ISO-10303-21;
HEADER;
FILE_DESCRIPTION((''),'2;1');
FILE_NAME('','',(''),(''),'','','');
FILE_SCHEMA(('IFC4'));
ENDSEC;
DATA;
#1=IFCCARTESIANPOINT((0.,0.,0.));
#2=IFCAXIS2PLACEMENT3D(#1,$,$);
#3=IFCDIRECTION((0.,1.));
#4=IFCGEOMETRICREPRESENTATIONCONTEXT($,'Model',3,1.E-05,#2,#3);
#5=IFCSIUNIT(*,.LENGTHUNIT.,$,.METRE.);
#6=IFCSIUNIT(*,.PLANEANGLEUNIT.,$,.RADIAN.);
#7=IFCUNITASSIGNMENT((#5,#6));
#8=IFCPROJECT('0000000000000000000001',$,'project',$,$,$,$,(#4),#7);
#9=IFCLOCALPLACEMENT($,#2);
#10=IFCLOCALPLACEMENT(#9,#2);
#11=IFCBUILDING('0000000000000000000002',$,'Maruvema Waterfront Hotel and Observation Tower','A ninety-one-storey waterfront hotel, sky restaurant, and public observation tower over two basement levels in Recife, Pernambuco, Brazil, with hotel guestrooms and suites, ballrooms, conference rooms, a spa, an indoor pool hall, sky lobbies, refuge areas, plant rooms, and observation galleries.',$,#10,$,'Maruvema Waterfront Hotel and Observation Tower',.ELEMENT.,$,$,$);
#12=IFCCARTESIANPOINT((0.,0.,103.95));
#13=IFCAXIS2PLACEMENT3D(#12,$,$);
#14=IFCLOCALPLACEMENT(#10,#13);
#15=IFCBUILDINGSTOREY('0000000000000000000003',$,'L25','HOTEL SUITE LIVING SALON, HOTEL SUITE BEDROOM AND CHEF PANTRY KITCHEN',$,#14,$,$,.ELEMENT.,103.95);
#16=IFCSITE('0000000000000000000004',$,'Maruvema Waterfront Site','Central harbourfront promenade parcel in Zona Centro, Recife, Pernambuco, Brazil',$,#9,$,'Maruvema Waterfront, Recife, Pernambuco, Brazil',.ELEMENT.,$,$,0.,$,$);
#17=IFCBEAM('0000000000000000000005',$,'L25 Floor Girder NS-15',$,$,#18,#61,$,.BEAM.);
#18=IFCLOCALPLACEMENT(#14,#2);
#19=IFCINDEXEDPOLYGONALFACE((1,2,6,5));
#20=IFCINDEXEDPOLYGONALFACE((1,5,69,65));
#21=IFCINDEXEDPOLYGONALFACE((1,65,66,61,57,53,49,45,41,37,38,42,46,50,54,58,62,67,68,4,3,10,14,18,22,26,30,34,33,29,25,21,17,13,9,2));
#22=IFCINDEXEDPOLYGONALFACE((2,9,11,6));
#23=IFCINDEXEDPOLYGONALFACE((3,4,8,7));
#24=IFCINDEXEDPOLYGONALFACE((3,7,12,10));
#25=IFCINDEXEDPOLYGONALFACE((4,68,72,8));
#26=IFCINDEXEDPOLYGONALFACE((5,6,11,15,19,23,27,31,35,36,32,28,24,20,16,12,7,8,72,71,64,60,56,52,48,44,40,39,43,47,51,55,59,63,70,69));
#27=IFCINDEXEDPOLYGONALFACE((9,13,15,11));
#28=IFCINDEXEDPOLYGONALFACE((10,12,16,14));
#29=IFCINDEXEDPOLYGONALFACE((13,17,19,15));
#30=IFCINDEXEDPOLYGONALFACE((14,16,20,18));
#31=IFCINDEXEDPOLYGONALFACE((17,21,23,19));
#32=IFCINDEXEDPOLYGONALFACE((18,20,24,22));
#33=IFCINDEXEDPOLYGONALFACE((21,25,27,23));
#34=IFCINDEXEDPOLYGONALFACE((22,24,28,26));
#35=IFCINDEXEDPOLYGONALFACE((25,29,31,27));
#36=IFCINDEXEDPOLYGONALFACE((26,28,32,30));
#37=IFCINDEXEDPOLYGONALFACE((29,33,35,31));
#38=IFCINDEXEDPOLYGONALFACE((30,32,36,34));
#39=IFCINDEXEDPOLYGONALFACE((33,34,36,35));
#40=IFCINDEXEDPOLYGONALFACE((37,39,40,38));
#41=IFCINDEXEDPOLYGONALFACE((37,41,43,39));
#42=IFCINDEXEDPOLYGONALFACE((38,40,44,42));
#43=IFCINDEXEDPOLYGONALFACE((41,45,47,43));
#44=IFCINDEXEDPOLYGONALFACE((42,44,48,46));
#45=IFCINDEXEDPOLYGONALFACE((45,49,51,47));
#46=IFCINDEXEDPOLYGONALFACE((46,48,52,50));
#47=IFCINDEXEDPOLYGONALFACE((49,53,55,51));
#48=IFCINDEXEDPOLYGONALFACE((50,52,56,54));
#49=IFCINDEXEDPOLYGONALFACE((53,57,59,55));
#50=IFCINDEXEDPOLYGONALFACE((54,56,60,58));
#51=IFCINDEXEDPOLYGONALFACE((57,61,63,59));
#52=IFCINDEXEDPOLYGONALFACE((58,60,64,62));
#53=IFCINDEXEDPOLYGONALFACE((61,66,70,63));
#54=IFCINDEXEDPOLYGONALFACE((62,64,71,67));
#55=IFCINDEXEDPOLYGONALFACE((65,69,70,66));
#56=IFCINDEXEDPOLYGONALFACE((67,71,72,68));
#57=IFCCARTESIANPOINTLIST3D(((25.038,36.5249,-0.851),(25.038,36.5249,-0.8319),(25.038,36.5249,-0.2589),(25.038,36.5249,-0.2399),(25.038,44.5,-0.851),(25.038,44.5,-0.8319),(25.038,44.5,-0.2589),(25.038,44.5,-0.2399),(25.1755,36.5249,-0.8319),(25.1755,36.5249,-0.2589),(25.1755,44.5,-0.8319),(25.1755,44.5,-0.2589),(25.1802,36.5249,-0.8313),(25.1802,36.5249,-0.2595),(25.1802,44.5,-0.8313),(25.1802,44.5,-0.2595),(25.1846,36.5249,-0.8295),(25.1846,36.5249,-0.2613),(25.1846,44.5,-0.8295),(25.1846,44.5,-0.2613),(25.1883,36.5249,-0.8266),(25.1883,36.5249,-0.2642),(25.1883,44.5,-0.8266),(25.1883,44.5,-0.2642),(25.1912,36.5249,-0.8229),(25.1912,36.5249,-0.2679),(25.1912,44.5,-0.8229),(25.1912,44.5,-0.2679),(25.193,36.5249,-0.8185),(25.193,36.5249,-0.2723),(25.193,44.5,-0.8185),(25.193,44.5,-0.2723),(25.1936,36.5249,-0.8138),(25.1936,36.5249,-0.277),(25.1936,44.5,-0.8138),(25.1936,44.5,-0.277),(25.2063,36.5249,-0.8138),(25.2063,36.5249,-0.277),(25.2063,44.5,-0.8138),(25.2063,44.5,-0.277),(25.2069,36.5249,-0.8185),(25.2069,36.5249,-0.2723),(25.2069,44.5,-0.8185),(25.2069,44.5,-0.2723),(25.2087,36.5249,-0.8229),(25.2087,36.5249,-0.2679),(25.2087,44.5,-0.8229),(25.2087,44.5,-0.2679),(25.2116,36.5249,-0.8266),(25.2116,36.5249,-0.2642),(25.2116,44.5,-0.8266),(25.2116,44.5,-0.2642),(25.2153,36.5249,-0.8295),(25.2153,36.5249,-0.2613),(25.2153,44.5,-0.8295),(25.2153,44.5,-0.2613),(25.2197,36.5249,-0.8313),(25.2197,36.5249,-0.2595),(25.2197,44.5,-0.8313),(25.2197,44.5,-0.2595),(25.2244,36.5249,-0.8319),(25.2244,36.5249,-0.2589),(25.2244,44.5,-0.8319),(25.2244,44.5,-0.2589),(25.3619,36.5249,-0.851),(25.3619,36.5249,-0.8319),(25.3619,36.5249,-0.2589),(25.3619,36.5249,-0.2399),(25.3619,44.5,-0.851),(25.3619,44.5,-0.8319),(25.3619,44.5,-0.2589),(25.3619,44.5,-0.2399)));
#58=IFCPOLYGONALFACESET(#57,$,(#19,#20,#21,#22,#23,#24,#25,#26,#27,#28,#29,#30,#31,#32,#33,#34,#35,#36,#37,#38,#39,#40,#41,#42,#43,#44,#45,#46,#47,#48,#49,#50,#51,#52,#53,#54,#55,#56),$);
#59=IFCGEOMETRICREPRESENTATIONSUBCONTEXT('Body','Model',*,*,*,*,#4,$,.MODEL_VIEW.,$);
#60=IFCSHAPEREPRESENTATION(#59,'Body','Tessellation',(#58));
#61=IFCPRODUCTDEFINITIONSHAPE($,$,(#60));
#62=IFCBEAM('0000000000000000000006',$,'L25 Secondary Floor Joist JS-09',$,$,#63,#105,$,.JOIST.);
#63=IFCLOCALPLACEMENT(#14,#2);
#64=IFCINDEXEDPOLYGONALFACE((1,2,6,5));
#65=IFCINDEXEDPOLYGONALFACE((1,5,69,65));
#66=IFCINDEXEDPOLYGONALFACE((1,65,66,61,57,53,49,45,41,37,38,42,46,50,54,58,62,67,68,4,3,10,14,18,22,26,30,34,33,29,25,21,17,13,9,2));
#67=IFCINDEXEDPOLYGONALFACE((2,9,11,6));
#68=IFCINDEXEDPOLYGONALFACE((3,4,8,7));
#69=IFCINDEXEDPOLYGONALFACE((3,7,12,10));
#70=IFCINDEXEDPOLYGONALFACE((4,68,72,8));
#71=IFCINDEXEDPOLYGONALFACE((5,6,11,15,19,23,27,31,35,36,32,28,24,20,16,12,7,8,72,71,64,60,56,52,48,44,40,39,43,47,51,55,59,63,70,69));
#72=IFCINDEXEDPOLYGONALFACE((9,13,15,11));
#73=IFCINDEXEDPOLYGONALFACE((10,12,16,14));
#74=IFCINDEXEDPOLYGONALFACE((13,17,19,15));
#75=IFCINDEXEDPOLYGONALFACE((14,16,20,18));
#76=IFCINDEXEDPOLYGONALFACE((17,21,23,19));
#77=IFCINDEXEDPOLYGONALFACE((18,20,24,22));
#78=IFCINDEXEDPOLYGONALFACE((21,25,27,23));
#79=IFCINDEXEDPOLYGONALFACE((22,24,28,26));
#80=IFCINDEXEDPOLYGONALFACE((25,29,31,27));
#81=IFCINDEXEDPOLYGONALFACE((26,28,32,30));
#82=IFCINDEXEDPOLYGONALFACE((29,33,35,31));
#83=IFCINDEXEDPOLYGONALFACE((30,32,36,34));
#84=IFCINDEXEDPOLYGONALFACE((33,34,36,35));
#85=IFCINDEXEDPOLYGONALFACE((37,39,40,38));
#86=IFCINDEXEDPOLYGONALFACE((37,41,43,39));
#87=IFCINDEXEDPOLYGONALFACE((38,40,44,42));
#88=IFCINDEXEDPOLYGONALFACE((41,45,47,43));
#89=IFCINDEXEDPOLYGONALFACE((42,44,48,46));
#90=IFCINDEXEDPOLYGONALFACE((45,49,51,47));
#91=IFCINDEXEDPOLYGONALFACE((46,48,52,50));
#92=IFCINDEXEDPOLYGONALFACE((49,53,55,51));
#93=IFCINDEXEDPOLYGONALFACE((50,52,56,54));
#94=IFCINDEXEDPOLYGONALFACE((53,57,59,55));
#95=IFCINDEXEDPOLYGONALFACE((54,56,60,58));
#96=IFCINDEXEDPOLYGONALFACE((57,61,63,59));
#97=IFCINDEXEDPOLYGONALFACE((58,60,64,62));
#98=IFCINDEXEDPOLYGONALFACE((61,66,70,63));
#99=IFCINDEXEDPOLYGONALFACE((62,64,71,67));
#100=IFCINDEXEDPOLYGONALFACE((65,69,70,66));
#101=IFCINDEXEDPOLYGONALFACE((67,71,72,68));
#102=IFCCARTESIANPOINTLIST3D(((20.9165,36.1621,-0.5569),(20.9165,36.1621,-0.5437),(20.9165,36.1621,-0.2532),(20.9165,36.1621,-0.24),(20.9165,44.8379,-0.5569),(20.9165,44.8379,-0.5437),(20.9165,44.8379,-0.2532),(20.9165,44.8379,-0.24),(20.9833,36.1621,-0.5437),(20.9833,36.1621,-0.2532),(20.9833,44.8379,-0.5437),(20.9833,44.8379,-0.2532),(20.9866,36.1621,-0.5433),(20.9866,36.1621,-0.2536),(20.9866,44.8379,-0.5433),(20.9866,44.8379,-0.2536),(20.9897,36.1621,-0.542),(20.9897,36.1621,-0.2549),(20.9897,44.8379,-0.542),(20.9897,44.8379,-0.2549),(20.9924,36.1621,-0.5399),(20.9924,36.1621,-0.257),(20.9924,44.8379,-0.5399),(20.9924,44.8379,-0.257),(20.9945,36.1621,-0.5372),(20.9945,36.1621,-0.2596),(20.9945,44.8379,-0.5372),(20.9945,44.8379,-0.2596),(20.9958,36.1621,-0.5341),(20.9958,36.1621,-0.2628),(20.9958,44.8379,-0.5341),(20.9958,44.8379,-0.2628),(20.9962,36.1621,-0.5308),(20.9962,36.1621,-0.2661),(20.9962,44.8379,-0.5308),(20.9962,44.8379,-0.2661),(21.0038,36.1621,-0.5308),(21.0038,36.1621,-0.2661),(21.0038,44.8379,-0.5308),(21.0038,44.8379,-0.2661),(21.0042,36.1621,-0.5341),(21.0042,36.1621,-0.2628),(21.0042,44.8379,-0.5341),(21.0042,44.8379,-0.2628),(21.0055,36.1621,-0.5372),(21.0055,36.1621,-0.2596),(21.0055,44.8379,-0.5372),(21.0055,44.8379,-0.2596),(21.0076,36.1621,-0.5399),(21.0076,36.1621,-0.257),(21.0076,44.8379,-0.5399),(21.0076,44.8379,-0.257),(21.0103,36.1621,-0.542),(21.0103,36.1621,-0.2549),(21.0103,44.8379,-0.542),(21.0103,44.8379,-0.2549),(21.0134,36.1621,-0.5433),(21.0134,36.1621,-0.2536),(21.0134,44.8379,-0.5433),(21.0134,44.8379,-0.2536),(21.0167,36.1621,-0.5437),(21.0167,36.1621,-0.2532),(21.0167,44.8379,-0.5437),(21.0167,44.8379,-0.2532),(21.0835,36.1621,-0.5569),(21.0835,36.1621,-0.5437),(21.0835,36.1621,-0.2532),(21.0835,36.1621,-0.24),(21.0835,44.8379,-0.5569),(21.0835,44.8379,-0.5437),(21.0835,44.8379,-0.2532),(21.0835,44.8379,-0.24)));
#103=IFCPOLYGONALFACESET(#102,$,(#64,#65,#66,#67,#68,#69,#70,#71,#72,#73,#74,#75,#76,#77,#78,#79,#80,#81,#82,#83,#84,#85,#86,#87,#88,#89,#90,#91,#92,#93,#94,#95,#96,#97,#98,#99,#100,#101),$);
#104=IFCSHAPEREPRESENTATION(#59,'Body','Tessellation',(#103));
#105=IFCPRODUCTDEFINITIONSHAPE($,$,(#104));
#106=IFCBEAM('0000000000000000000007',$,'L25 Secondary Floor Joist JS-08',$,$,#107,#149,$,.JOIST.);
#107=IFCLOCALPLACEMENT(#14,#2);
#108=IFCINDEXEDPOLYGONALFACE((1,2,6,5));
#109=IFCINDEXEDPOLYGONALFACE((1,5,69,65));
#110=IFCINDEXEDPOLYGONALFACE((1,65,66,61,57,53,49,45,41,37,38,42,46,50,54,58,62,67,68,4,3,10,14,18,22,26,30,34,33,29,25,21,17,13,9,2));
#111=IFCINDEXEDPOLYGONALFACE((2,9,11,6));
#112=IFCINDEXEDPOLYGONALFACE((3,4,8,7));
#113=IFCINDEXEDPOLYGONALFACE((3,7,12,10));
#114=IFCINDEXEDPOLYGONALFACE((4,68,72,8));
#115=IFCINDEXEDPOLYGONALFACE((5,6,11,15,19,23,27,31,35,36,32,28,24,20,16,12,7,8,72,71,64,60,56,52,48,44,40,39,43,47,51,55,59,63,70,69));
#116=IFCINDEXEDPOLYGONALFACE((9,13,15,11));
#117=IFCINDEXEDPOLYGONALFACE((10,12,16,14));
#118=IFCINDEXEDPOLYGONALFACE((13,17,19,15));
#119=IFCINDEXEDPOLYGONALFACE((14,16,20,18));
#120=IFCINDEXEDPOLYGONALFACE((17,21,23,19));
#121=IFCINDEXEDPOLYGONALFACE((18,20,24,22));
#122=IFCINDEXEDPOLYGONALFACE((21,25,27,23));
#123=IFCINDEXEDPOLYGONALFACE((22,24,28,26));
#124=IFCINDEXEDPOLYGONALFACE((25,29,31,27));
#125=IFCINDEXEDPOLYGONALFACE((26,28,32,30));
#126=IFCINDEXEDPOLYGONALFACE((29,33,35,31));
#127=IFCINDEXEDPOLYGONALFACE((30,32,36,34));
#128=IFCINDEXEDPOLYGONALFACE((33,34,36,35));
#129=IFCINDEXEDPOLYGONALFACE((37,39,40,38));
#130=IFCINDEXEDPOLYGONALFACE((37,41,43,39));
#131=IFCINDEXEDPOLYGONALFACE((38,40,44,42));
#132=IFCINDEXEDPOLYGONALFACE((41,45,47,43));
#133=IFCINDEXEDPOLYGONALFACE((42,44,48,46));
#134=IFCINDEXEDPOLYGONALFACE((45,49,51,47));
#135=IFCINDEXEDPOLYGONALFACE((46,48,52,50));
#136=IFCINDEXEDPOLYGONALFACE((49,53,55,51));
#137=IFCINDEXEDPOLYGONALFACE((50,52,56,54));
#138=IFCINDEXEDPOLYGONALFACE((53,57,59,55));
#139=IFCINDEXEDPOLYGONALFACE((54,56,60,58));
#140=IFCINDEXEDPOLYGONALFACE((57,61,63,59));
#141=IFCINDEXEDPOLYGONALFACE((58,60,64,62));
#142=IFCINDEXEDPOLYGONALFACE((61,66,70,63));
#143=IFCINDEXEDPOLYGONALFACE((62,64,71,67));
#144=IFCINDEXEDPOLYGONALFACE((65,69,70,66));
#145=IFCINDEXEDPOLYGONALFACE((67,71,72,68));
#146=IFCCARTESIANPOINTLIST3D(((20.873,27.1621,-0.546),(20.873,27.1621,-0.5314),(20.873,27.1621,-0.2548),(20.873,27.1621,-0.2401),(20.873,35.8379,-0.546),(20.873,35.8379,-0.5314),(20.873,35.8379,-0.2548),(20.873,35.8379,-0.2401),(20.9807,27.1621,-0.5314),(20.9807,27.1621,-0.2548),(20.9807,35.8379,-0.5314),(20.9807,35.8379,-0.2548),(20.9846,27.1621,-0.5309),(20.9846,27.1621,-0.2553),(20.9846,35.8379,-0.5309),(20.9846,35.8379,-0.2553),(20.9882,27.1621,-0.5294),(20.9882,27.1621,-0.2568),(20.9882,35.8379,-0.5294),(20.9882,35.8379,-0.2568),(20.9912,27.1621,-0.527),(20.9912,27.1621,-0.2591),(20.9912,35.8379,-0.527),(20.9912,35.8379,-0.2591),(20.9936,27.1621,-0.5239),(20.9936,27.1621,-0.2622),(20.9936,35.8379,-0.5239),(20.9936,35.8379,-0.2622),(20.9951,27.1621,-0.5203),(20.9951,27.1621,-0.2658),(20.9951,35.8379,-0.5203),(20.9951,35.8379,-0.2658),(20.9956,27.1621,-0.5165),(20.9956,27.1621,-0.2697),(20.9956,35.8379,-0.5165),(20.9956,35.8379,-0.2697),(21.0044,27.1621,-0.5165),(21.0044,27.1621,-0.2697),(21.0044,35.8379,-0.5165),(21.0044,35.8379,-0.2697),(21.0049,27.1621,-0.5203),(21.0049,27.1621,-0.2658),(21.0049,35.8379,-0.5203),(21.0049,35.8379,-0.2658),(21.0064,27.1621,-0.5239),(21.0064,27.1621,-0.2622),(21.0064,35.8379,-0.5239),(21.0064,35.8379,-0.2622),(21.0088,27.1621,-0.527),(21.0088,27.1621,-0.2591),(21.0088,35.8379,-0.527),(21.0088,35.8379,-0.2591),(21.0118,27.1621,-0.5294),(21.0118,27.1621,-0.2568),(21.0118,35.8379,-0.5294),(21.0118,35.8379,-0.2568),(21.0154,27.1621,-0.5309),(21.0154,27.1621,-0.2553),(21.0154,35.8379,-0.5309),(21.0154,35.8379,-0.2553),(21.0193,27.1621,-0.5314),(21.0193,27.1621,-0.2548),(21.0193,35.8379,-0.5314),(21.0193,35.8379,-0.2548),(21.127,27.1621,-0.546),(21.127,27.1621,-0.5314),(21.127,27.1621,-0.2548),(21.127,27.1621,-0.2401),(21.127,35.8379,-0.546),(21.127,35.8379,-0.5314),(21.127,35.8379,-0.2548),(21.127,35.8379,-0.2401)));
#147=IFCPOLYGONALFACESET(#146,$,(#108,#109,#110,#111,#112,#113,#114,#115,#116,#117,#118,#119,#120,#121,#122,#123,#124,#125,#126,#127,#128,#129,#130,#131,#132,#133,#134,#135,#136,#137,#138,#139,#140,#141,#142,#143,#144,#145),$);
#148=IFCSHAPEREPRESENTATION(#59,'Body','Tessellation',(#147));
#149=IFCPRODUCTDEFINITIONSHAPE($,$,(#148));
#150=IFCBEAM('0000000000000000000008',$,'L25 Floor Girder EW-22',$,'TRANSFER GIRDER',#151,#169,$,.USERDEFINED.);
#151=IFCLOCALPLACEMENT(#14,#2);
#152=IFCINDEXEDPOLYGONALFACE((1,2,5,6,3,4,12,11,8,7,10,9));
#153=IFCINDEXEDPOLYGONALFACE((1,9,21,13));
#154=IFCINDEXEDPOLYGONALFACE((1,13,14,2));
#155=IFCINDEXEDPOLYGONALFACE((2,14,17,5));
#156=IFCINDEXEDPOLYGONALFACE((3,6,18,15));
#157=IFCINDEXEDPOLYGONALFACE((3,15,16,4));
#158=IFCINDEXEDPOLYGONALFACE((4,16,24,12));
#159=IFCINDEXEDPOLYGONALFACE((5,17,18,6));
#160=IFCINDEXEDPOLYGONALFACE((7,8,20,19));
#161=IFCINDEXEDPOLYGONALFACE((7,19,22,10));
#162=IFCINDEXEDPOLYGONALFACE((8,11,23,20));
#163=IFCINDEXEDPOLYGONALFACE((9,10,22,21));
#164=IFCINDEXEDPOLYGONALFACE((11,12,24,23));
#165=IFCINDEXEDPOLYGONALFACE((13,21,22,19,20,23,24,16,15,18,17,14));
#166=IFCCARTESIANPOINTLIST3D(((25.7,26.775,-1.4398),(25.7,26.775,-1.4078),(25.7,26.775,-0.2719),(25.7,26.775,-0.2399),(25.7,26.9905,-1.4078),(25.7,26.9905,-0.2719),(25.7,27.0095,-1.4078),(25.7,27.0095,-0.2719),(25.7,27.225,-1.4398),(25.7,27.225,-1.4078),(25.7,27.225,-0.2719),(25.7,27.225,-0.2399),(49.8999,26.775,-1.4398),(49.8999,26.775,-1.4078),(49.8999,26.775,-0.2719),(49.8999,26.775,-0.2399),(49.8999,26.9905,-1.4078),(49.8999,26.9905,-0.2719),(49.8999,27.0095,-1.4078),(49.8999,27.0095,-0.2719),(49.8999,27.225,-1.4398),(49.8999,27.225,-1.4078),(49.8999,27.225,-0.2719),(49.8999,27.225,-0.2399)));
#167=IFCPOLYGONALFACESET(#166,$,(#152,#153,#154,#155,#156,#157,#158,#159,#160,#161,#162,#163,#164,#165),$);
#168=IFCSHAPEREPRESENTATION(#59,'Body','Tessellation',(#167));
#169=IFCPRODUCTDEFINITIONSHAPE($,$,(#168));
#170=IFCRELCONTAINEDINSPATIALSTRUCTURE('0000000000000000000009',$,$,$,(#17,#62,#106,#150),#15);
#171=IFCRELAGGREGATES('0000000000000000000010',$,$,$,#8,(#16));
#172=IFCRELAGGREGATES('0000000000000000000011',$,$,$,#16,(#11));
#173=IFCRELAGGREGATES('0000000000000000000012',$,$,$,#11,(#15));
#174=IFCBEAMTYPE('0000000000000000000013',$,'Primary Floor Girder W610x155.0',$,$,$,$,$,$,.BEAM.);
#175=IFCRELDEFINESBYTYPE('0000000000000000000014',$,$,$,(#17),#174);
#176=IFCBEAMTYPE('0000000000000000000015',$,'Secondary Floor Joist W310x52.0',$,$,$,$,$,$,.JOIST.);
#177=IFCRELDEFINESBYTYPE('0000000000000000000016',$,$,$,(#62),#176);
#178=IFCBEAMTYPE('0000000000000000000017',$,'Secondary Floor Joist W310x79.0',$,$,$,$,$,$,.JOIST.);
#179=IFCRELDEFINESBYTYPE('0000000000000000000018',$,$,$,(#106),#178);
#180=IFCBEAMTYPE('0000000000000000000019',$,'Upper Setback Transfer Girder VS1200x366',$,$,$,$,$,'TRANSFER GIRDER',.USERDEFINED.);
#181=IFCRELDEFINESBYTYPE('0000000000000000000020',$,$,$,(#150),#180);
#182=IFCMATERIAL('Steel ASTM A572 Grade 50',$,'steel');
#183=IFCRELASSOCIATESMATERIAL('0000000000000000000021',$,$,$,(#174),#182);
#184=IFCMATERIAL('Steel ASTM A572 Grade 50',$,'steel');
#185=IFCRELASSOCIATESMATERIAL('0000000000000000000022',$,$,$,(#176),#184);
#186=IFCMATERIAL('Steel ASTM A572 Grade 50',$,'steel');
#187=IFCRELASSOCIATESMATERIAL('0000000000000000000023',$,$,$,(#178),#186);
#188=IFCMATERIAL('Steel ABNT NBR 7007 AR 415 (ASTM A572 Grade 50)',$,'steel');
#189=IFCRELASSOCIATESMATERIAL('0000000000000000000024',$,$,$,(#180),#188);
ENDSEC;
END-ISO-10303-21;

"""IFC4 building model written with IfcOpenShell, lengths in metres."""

from ifc_helpers import new_model, si_unit, direction, frame, origin, origin_2d, place, context, subcontext, project, spatial, i_section, extrude, material, material_profile, profile_set, type_object, element, save


model = new_model("IFC4")

# Units and contexts
model_context = context("Model", 3, precision=1e-05, world=origin(), true_north=direction((0.0, 1.0)))
body_context = subcontext(model_context, "Body", "Model", "MODEL_VIEW")
ifc_project = project(units=[si_unit("LENGTHUNIT", "METRE"), si_unit("PLANEANGLEUNIT", "RADIAN")], contexts=[model_context])

# Site, building, storey
site_placement = place(None, origin())
site = spatial("IfcSite", under=ifc_project, at=site_placement, Name="Maruvema Waterfront Site", Description="Central harbourfront promenade parcel in Zona Centro, Recife, Pernambuco, Brazil", LongName="Maruvema Waterfront, Recife, Pernambuco, Brazil", CompositionType="ELEMENT", RefElevation=0.0)
building_placement = place(site_placement, origin())
building = spatial("IfcBuilding", under=site, at=building_placement, Name="Maruvema Waterfront Hotel and Observation Tower", Description="A ninety-one-storey waterfront hotel, sky restaurant, and public observation tower over two basement levels in Recife, Pernambuco, Brazil, with hotel guestrooms and suites, ballrooms, conference rooms, a spa, an indoor pool hall, sky lobbies, refuge areas, plant rooms, and observation galleries.", LongName="Maruvema Waterfront Hotel and Observation Tower", CompositionType="ELEMENT")
storey_placement = place(building_placement, frame((0.0, 0.0, 103.95)))
storey = spatial("IfcBuildingStorey", under=building, at=storey_placement, Name="L25", Description="HOTEL SUITE LIVING SALON, HOTEL SUITE BEDROOM AND CHEF PANTRY KITCHEN", CompositionType="ELEMENT", Elevation=103.95)

# Beams
ifc_material_1 = material(Name="Steel ASTM A572 Grade 50", Category="steel")
ifc_material_profile_1 = material_profile(ifc_material_1, i_section(OverallWidth=0.324, OverallDepth=0.6111, WebThickness=0.0127, FlangeThickness=0.019, FilletRadius=0.0181, at=origin_2d()), Name="W610x155.0")
ifc_profile_set_1 = profile_set([ifc_material_profile_1], Name="Steel ASTM A572 Grade 50")
beam_type_1 = type_object("IfcBeamType", Name="Primary Floor Girder W610x155.0", PredefinedType="BEAM", material=ifc_profile_set_1)
for number, where, z_axis, x_axis, name in (
    (1, (25.2, 36.5249, -0.5454), (0.0, 1.0, 0.0), (-1.0, 0.0, 0.0), "L25 Floor Girder NS-15"),
):
    element("IfcBeam", number, at=place(storey_placement, frame(where, z_axis=z_axis, x_axis=x_axis)), inside=storey, type_object=beam_type_1, Name=name, PredefinedType="BEAM", context=body_context, shape_type="SweptSolid", body=[
        extrude(i_section(OverallWidth=0.324, OverallDepth=0.6111, WebThickness=0.0127, FlangeThickness=0.019, FilletRadius=0.0181, at=origin_2d()), origin(), (0.0, 0.0, 1.0), 7.9751),
    ])
ifc_material_2 = material(Name="Steel ASTM A572 Grade 50", Category="steel")
ifc_material_profile_2 = material_profile(ifc_material_2, i_section(OverallWidth=0.167, OverallDepth=0.3169, WebThickness=0.0076, FlangeThickness=0.0132, FilletRadius=0.0129, at=origin_2d()), Name="W310x52.0")
ifc_profile_set_2 = profile_set([ifc_material_profile_2], Name="Steel ASTM A572 Grade 50")
beam_type_2 = type_object("IfcBeamType", Name="Secondary Floor Joist W310x52.0", PredefinedType="JOIST", material=ifc_profile_set_2)
beam_1_placement = place(storey_placement, frame((21.0, 36.1621, -0.3984), z_axis=(0.0, 1.0, 0.0), x_axis=(-1.0, 0.0, 0.0)))
element("IfcBeam", 2, at=beam_1_placement, inside=storey, type_object=beam_type_2, Name="L25 Secondary Floor Joist JS-09", PredefinedType="JOIST", context=body_context, shape_type="SweptSolid", body=[
    extrude(i_section(OverallWidth=0.167, OverallDepth=0.3169, WebThickness=0.0076, FlangeThickness=0.0132, FilletRadius=0.0129, at=origin_2d()), origin(), (0.0, 0.0, 1.0), 8.6758),
])
ifc_material_3 = material(Name="Steel ASTM A572 Grade 50", Category="steel")
ifc_material_profile_3 = material_profile(ifc_material_3, i_section(OverallWidth=0.2539, OverallDepth=0.3059, WebThickness=0.0088, FlangeThickness=0.0146, FilletRadius=0.0149, at=origin_2d()), Name="W310x79.0")
ifc_profile_set_3 = profile_set([ifc_material_profile_3], Name="Steel ASTM A572 Grade 50")
beam_type_3 = type_object("IfcBeamType", Name="Secondary Floor Joist W310x79.0", PredefinedType="JOIST", material=ifc_profile_set_3)
beam_2_placement = place(storey_placement, frame((21.0, 27.1621, -0.3931), z_axis=(0.0, 1.0, 0.0), x_axis=(-1.0, 0.0, 0.0)))
element("IfcBeam", 3, at=beam_2_placement, inside=storey, type_object=beam_type_3, Name="L25 Secondary Floor Joist JS-08", PredefinedType="JOIST", context=body_context, shape_type="SweptSolid", body=[
    extrude(i_section(OverallWidth=0.2539, OverallDepth=0.3059, WebThickness=0.0088, FlangeThickness=0.0146, FilletRadius=0.0149, at=origin_2d()), origin(), (0.0, 0.0, 1.0), 8.6758),
])
ifc_material_4 = material(Name="Steel ABNT NBR 7007 AR 415 (ASTM A572 Grade 50)", Category="steel")
ifc_material_profile_4 = material_profile(ifc_material_4, i_section(OverallWidth=0.45, OverallDepth=1.2, WebThickness=0.019, FlangeThickness=0.032, at=origin_2d()), Name="VS1200x366")
ifc_profile_set_4 = profile_set([ifc_material_profile_4], Name="Steel ABNT NBR 7007 AR 415 (ASTM A572 Grade 50)")
beam_type_4 = type_object("IfcBeamType", Name="Upper Setback Transfer Girder VS1200x366", ElementType="TRANSFER GIRDER", PredefinedType="USERDEFINED", material=ifc_profile_set_4)
beam_3_placement = place(storey_placement, frame((25.7, 27.0, -0.8398), z_axis=(1.0, 0.0, 0.0), x_axis=(0.0, 1.0, 0.0)))
element("IfcBeam", 4, at=beam_3_placement, inside=storey, type_object=beam_type_4, Name="L25 Floor Girder EW-22", ObjectType="TRANSFER GIRDER", PredefinedType="USERDEFINED", context=body_context, shape_type="SweptSolid", body=[
    extrude(i_section(OverallWidth=0.45, OverallDepth=1.2, WebThickness=0.019, FlangeThickness=0.032, at=origin_2d()), origin(), (0.0, 0.0, 1.0), 24.2),
])

save(model, "model.ifc")
